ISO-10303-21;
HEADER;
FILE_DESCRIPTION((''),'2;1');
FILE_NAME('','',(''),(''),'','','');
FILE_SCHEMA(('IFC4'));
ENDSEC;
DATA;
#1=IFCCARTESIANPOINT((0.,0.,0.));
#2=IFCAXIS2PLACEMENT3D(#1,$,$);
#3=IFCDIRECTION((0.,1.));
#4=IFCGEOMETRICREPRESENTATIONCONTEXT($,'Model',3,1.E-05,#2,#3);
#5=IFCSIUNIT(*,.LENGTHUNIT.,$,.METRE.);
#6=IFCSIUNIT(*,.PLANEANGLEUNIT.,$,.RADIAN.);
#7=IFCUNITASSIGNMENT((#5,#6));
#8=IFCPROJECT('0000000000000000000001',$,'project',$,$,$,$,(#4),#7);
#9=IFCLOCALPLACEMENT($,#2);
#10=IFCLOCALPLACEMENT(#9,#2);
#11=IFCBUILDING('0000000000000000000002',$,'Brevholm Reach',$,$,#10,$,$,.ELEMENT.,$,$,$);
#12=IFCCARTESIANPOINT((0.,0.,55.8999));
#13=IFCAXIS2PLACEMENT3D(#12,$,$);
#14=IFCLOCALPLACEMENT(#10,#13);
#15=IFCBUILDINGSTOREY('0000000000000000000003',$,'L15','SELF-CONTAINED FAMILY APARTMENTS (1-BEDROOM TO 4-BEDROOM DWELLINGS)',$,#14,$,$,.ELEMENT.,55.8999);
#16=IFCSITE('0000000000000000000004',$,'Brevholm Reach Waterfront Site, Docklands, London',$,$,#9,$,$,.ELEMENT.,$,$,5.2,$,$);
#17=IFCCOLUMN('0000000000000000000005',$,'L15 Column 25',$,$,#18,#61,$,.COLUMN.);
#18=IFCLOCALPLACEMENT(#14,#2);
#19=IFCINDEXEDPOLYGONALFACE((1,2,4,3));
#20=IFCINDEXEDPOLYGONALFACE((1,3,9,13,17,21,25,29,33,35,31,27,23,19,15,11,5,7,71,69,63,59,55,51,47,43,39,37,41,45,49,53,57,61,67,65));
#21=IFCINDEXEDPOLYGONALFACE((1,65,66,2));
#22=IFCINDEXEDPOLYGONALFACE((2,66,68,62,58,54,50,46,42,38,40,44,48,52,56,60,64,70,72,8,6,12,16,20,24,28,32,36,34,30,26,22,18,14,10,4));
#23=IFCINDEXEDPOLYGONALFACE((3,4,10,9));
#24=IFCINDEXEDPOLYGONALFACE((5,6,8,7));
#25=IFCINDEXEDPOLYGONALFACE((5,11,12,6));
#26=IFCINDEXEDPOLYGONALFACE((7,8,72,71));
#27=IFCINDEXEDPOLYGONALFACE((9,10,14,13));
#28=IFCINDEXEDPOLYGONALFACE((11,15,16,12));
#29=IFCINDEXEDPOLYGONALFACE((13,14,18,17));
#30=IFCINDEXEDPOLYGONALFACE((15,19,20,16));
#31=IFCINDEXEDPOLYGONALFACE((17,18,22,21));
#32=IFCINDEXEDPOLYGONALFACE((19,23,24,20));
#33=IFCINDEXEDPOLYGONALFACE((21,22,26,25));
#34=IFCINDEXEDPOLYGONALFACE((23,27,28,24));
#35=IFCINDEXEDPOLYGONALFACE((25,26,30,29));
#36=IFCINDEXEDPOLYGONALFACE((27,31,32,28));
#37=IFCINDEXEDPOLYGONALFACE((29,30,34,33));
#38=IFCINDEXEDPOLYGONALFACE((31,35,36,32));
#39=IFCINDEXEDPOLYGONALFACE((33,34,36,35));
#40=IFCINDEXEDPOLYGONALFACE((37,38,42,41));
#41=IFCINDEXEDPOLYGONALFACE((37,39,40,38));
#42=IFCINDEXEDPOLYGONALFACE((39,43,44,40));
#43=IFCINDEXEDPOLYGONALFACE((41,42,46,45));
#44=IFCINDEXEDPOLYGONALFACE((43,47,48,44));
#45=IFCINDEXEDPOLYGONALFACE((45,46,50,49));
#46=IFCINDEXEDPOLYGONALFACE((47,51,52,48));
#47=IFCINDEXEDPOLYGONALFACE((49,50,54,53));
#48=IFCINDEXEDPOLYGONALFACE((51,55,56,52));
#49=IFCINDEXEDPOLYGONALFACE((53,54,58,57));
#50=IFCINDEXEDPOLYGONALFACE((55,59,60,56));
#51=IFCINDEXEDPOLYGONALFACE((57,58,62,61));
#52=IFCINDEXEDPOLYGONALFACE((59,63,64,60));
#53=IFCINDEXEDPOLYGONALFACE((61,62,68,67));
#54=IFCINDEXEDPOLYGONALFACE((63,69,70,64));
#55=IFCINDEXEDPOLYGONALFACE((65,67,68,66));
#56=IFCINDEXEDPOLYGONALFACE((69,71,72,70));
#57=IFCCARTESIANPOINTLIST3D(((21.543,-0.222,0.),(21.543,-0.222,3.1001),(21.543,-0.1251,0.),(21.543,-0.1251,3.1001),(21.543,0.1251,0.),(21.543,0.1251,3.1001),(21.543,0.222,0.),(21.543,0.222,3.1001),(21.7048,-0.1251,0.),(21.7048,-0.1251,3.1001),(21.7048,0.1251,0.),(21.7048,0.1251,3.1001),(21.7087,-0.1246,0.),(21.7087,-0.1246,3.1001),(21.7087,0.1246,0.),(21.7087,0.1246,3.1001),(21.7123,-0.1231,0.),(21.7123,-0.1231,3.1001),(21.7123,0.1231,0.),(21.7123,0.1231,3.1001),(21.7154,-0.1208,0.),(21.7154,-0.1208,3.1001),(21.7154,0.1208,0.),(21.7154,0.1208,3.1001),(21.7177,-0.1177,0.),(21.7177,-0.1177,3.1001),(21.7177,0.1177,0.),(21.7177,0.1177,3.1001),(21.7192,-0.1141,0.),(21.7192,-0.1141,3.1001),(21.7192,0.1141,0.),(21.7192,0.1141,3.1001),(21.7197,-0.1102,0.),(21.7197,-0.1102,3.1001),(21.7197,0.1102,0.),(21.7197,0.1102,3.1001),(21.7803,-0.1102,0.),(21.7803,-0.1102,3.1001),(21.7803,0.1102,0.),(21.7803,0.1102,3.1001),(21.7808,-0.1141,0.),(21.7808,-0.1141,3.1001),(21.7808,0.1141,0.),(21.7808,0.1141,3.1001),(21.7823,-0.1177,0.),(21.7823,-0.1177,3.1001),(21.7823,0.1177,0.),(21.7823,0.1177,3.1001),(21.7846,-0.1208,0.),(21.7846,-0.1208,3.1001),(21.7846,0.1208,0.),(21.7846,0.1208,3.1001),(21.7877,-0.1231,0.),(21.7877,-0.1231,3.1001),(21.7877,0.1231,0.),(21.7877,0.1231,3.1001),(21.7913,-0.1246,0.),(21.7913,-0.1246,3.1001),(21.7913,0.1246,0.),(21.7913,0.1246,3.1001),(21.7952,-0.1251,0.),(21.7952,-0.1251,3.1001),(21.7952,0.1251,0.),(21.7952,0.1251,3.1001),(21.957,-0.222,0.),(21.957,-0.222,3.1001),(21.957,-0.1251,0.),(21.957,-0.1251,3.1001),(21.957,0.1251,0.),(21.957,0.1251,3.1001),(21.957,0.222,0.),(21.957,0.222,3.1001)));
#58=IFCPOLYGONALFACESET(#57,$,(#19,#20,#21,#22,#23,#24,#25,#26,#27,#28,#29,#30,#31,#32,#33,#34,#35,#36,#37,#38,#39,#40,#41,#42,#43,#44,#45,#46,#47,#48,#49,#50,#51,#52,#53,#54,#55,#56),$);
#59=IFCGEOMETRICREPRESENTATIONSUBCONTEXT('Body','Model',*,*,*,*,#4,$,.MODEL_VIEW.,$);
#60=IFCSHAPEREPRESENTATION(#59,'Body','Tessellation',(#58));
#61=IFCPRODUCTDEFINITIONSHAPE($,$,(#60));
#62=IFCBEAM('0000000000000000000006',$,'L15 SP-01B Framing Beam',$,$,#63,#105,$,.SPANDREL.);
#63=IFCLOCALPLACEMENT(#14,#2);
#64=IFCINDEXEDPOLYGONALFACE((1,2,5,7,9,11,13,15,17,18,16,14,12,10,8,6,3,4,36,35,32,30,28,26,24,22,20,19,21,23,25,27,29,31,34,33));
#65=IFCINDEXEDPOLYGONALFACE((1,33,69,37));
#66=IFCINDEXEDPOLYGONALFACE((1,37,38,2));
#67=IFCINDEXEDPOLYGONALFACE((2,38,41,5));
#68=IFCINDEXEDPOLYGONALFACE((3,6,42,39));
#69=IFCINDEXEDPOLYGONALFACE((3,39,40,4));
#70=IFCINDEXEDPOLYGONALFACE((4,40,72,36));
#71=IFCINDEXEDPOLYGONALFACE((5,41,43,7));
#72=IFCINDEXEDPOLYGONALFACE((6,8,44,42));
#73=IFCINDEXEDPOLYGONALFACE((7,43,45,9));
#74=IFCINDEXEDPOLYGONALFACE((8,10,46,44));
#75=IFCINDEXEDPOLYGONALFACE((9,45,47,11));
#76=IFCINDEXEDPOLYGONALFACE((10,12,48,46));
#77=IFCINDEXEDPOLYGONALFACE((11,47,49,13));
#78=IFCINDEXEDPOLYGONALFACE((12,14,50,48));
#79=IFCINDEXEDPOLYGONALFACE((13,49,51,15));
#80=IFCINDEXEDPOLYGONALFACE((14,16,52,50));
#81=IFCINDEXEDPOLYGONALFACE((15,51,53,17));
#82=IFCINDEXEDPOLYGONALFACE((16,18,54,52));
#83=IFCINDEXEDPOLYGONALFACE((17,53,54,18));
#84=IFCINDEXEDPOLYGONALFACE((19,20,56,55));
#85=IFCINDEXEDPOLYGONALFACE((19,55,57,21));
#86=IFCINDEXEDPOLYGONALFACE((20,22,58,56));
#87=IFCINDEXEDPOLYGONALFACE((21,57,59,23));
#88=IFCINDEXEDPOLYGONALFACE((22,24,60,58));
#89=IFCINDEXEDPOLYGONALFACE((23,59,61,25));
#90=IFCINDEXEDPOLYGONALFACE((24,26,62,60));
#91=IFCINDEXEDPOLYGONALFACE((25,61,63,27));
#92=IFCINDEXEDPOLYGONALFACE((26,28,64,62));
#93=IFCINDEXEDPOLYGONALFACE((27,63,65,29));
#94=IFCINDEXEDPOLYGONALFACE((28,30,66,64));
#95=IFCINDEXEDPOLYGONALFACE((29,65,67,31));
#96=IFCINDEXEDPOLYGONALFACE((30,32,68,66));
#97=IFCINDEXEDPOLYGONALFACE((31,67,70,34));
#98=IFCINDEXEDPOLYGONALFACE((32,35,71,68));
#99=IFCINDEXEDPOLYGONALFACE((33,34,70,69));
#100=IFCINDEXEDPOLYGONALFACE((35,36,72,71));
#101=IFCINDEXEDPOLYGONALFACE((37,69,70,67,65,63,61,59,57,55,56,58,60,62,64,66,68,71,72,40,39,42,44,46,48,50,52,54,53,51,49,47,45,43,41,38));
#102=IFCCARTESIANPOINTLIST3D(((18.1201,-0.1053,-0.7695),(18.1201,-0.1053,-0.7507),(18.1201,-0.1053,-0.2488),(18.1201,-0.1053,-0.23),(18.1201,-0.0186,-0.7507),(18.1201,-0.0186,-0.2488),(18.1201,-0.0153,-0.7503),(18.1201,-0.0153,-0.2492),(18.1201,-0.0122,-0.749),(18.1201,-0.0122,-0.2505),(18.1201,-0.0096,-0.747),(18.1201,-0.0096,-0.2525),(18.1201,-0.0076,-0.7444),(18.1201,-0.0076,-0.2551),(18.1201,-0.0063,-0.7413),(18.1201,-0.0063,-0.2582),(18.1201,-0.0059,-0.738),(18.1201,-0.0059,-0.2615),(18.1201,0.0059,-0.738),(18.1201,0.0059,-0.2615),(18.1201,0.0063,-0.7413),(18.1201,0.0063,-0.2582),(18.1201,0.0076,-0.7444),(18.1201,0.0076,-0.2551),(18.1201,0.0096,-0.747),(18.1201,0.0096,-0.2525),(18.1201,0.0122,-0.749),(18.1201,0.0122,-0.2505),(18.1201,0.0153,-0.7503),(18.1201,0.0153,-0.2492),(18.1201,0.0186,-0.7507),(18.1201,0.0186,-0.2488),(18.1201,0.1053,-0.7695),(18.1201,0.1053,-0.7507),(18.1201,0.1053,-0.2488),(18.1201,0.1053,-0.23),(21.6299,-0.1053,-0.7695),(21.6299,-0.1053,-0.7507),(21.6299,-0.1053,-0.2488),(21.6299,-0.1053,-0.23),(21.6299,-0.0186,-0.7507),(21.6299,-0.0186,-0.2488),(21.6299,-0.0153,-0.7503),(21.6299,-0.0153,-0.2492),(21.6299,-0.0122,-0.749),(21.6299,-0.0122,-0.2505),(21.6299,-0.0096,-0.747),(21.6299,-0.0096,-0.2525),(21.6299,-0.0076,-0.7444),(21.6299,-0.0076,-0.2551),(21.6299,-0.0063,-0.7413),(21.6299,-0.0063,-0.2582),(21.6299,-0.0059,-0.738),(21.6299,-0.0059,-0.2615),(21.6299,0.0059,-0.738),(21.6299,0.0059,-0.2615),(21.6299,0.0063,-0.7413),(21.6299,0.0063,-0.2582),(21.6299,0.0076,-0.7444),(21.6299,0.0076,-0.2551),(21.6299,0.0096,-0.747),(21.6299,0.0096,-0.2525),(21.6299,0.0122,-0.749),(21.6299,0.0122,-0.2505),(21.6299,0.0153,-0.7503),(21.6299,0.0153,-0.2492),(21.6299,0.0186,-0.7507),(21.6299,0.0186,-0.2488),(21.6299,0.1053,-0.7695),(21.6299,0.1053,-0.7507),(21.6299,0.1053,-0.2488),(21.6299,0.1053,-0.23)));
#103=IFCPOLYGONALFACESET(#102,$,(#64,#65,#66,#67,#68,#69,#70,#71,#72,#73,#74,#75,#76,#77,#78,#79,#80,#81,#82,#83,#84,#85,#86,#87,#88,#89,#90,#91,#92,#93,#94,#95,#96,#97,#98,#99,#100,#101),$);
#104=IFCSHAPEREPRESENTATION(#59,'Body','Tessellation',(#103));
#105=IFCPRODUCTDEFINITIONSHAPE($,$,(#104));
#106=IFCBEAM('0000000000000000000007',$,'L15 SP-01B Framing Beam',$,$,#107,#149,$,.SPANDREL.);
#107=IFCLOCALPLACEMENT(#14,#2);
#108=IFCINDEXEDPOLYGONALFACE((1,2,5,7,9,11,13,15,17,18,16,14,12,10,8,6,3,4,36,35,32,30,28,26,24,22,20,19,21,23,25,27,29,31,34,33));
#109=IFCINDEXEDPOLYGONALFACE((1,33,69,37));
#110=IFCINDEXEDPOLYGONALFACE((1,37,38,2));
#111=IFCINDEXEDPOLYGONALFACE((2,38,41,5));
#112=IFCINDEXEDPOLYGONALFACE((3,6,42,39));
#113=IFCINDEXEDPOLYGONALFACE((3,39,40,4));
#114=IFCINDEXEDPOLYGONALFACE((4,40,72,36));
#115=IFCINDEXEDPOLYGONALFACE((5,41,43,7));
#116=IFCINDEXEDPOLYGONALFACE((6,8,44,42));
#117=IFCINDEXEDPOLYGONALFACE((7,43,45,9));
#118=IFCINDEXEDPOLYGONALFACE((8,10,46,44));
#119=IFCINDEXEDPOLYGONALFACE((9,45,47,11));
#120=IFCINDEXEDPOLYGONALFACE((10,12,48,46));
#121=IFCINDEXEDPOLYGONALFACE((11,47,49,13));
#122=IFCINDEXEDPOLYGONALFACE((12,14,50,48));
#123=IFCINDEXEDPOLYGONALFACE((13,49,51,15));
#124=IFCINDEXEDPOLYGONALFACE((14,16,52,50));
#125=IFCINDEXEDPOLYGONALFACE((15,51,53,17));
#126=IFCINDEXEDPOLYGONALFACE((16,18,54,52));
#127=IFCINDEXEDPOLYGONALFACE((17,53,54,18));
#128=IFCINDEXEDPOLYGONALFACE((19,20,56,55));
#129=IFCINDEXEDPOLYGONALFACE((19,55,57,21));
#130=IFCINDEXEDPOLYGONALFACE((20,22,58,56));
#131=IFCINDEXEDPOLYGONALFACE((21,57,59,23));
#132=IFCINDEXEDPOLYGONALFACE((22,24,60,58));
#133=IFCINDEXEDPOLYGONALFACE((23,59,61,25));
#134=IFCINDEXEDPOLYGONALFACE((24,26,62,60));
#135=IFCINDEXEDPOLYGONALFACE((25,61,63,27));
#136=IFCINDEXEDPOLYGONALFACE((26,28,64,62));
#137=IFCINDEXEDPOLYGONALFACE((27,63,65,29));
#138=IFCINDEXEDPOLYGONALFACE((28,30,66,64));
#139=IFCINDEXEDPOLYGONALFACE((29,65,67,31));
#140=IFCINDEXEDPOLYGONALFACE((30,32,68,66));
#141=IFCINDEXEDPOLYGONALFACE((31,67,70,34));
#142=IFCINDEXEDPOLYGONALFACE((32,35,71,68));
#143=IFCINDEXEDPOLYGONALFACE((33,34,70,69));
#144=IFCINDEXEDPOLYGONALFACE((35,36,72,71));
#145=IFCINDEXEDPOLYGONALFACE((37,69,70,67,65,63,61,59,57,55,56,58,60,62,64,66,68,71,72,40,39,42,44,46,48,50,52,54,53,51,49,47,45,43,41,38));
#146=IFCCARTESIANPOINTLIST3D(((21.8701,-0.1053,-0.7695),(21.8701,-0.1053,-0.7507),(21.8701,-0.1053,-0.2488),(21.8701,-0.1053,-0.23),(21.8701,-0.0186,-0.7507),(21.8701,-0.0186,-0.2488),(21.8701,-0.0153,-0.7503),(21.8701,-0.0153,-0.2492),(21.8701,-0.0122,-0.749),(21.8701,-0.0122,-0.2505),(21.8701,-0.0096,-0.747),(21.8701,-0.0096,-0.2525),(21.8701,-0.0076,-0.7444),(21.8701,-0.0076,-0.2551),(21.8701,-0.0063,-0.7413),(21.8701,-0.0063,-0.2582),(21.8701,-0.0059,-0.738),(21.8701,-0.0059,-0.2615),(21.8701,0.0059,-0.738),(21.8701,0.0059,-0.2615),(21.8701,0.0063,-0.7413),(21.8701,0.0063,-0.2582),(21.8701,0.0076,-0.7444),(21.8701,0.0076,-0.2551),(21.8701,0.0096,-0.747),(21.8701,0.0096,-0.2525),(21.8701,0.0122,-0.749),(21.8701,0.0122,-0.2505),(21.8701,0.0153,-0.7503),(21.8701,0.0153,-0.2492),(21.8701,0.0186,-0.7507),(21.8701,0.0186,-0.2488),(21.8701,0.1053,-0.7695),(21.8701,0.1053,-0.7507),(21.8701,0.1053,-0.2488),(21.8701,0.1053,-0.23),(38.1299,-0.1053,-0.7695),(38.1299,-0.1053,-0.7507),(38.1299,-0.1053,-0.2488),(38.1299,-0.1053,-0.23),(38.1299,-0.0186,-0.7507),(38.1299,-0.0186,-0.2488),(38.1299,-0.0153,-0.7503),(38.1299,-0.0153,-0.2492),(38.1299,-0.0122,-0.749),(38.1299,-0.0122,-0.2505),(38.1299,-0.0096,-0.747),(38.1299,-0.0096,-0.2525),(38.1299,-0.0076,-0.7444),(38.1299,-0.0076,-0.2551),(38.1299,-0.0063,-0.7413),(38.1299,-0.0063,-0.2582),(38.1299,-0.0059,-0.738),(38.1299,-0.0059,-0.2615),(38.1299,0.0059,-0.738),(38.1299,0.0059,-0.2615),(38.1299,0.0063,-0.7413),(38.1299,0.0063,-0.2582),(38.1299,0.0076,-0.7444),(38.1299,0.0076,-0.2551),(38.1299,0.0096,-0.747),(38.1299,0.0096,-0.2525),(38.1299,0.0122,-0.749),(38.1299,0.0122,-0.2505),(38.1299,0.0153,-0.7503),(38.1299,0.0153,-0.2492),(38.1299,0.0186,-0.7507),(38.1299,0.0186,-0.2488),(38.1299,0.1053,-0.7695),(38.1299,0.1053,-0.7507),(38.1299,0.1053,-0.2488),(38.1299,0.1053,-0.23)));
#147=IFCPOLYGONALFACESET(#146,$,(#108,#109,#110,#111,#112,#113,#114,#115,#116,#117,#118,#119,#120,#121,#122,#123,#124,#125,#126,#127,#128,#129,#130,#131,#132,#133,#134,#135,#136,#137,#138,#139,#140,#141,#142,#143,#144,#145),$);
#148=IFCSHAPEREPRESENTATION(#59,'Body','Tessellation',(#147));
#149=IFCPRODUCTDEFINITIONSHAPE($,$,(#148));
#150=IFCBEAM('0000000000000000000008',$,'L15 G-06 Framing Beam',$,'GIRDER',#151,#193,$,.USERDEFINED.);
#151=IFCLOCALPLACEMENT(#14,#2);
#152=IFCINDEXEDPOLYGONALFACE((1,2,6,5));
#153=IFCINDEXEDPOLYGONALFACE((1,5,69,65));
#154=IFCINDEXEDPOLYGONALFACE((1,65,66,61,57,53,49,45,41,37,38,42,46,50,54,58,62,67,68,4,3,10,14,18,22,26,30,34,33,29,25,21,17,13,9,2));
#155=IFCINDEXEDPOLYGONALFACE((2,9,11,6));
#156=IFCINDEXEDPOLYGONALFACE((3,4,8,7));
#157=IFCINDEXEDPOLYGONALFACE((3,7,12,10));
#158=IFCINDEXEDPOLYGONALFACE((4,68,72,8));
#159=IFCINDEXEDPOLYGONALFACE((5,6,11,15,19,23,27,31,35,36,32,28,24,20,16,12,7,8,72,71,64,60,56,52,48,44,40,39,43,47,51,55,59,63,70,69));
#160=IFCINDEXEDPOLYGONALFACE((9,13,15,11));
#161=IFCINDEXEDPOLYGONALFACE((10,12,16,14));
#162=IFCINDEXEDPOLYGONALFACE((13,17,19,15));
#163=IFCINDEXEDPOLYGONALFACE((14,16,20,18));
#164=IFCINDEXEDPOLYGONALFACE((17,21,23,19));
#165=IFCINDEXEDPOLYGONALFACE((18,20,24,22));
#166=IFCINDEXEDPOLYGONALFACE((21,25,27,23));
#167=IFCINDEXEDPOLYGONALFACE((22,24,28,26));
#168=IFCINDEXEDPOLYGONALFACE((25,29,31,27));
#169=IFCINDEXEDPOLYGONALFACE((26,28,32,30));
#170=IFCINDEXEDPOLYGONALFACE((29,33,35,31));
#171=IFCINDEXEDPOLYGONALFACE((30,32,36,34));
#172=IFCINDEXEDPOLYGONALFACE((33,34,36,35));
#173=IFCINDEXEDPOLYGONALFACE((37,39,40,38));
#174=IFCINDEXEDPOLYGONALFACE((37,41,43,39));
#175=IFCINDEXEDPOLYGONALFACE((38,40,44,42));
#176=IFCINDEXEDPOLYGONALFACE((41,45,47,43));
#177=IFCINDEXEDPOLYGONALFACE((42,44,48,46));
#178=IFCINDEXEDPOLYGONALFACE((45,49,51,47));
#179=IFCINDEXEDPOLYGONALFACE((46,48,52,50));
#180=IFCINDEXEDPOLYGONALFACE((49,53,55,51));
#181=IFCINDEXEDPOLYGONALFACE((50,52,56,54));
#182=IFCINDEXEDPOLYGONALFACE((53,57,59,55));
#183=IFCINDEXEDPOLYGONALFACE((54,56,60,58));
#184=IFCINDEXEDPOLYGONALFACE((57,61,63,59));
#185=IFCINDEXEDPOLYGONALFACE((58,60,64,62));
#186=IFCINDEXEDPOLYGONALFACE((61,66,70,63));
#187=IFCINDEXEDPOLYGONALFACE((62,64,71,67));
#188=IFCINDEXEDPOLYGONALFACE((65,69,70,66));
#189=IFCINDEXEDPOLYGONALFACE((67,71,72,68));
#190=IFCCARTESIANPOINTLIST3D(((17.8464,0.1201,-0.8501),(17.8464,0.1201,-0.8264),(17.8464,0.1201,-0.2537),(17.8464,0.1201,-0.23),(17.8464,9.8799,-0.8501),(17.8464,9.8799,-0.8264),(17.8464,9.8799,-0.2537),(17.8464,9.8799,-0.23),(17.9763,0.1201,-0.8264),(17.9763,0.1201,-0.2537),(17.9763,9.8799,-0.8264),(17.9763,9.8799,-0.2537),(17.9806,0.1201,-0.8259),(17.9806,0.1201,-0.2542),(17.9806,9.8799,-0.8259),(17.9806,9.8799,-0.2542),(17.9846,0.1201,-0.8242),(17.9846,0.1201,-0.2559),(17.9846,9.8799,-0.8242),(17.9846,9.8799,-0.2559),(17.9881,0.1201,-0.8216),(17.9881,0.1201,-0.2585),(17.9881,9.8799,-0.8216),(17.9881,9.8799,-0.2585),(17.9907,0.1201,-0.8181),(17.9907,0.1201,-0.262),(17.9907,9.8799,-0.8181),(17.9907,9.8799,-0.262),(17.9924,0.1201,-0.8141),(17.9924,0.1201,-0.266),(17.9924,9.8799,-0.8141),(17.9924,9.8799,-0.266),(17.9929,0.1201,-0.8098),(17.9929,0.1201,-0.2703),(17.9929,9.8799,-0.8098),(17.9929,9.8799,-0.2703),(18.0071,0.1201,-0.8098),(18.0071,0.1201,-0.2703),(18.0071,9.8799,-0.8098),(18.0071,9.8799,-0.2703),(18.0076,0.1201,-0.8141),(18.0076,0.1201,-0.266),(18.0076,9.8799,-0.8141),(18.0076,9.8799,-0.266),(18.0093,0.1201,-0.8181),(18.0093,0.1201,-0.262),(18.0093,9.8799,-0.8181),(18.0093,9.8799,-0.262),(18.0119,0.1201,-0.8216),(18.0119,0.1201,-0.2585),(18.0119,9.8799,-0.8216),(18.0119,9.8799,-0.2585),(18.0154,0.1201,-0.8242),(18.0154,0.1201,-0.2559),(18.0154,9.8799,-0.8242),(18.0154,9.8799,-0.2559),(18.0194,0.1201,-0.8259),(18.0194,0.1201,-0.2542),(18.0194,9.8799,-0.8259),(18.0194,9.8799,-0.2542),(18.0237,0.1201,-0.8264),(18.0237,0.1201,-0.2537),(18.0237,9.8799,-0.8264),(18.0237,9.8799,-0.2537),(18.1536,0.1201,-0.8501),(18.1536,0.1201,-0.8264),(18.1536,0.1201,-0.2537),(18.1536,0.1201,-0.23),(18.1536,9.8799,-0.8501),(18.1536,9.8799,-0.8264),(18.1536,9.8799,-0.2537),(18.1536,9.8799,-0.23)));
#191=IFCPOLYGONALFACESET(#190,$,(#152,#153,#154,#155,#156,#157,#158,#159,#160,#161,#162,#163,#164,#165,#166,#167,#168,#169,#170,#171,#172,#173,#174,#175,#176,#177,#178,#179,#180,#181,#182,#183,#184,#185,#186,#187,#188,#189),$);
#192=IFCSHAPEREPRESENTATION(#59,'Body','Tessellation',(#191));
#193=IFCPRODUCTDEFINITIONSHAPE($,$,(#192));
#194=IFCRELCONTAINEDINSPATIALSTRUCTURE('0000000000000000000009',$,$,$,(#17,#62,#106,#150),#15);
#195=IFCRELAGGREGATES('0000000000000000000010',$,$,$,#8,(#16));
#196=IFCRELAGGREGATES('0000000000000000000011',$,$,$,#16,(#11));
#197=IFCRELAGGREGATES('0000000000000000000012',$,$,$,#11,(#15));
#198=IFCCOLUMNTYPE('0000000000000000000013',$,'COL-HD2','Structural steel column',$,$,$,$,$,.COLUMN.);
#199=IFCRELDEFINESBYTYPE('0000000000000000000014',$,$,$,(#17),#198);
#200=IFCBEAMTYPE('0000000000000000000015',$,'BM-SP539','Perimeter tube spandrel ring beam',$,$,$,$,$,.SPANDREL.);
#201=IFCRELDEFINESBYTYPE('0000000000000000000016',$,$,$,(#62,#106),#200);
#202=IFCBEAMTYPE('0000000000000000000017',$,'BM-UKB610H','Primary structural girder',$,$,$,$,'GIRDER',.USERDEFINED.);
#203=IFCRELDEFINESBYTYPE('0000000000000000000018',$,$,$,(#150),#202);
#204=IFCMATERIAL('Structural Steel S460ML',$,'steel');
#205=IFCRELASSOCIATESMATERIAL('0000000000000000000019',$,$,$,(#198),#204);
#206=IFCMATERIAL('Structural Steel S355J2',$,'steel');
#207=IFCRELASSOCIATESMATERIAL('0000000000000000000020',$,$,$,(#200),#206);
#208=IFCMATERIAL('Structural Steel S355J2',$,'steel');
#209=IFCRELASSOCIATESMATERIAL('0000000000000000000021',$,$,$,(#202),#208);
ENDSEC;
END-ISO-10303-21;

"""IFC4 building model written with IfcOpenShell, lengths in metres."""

from ifc_helpers import new_model, si_unit, direction, frame, origin, origin_2d, place, context, subcontext, project, spatial, i_section, extrude, material, material_profile, profile_set, type_object, element, save


model = new_model("IFC4")

# Units and contexts
model_context = context("Model", 3, precision=1e-05, world=origin(), true_north=direction((0.0, 1.0)))
body_context = subcontext(model_context, "Body", "Model", "MODEL_VIEW")
ifc_project = project(units=[si_unit("LENGTHUNIT", "METRE"), si_unit("PLANEANGLEUNIT", "RADIAN")], contexts=[model_context])

# Site, building, storey
site_placement = place(None, origin())
site = spatial("IfcSite", under=ifc_project, at=site_placement, Name="Brevholm Reach Waterfront Site, Docklands, London", CompositionType="ELEMENT", RefElevation=5.2)
building_placement = place(site_placement, origin())
building = spatial("IfcBuilding", under=site, at=building_placement, Name="Brevholm Reach", CompositionType="ELEMENT")
storey_placement = place(building_placement, frame((0.0, 0.0, 55.8999)))
storey = spatial("IfcBuildingStorey", under=building, at=storey_placement, Name="L15", Description="SELF-CONTAINED FAMILY APARTMENTS (1-BEDROOM TO 4-BEDROOM DWELLINGS)", CompositionType="ELEMENT", Elevation=55.8999)

# Column
ifc_material_1 = material(Name="Structural Steel S460ML", Category="steel")
ifc_material_profile_1 = material_profile(ifc_material_1, i_section(OverallWidth=0.4141, OverallDepth=0.4441, WebThickness=0.0605, FlangeThickness=0.0969, FilletRadius=0.0149, at=origin_2d()), Name="HD 400x818")
ifc_profile_set_1 = profile_set([ifc_material_profile_1], Name="Structural Steel S460ML")
column_type = type_object("IfcColumnType", Name="COL-HD2", Description="Structural steel column", PredefinedType="COLUMN", material=ifc_profile_set_1)
column_placement = place(storey_placement, frame((21.75, 0.0, 0.0), z_axis=(0.0, 0.0, 1.0), x_axis=(1.0, 0.0, 0.0)))
element("IfcColumn", 1, at=column_placement, inside=storey, type_object=column_type, Name="L15 Column 25", PredefinedType="COLUMN", context=body_context, shape_type="SweptSolid", body=[
    extrude(i_section(OverallWidth=0.4141, OverallDepth=0.4441, WebThickness=0.0605, FlangeThickness=0.0969, FilletRadius=0.0149, at=origin_2d()), origin(), (0.0, 0.0, 1.0), 3.1001),
])

# Beams
ifc_material_2 = material(Name="Structural Steel S355J2", Category="steel")
ifc_material_profile_2 = material_profile(ifc_material_2, i_section(OverallWidth=0.2107, OverallDepth=0.5396, WebThickness=0.0117, FlangeThickness=0.0188, FilletRadius=0.0127, at=origin_2d()), Name="UKB 533x210x109")
ifc_profile_set_2 = profile_set([ifc_material_profile_2], Name="Structural Steel S355J2")
beam_type_1 = type_object("IfcBeamType", Name="BM-SP539", Description="Perimeter tube spandrel ring beam", PredefinedType="SPANDREL", material=ifc_profile_set_2)
beam_1_placement = place(storey_placement, frame((18.1201, 0.0, -0.4998), z_axis=(1.0, 0.0, 0.0), x_axis=(0.0, 1.0, 0.0)))
element("IfcBeam", 2, at=beam_1_placement, inside=storey, type_object=beam_type_1, Name="L15 SP-01B Framing Beam", PredefinedType="SPANDREL", context=body_context, shape_type="SweptSolid", body=[
    extrude(i_section(OverallWidth=0.2107, OverallDepth=0.5396, WebThickness=0.0117, FlangeThickness=0.0188, FilletRadius=0.0127, at=origin_2d()), origin(), (0.0, 0.0, 1.0), 3.5098),
])
beam_2_placement = place(storey_placement, frame((21.8701, 0.0, -0.4998), z_axis=(1.0, 0.0, 0.0), x_axis=(0.0, 1.0, 0.0)))
element("IfcBeam", 3, at=beam_2_placement, inside=storey, type_object=beam_type_1, Name="L15 SP-01B Framing Beam", PredefinedType="SPANDREL", context=body_context, shape_type="SweptSolid", body=[
    extrude(i_section(OverallWidth=0.2107, OverallDepth=0.5396, WebThickness=0.0117, FlangeThickness=0.0188, FilletRadius=0.0127, at=origin_2d()), origin(), (0.0, 0.0, 1.0), 16.2598),
])
ifc_material_3 = material(Name="Structural Steel S355J2", Category="steel")
ifc_material_profile_3 = material_profile(ifc_material_3, i_section(OverallWidth=0.3071, OverallDepth=0.6201, WebThickness=0.0142, FlangeThickness=0.0237, FilletRadius=0.0166, at=origin_2d()), Name="UKB 610x305x179")
ifc_profile_set_3 = profile_set([ifc_material_profile_3], Name="Structural Steel S355J2")
beam_type_2 = type_object("IfcBeamType", Name="BM-UKB610H", Description="Primary structural girder", ElementType="GIRDER", PredefinedType="USERDEFINED", material=ifc_profile_set_3)
for number, where, z_axis, x_axis, name in (
    (4, (18.0, 0.1201, -0.54), (0.0, 1.0, 0.0), (-1.0, 0.0, 0.0), "L15 G-06 Framing Beam"),
):
    element("IfcBeam", number, at=place(storey_placement, frame(where, z_axis=z_axis, x_axis=x_axis)), inside=storey, type_object=beam_type_2, Name=name, ObjectType="GIRDER", PredefinedType="USERDEFINED", context=body_context, shape_type="SweptSolid", body=[
        extrude(i_section(OverallWidth=0.3071, OverallDepth=0.6201, WebThickness=0.0142, FlangeThickness=0.0237, FilletRadius=0.0166, at=origin_2d()), origin(), (0.0, 0.0, 1.0), 9.7598),
    ])

save(model, "model.ifc")
